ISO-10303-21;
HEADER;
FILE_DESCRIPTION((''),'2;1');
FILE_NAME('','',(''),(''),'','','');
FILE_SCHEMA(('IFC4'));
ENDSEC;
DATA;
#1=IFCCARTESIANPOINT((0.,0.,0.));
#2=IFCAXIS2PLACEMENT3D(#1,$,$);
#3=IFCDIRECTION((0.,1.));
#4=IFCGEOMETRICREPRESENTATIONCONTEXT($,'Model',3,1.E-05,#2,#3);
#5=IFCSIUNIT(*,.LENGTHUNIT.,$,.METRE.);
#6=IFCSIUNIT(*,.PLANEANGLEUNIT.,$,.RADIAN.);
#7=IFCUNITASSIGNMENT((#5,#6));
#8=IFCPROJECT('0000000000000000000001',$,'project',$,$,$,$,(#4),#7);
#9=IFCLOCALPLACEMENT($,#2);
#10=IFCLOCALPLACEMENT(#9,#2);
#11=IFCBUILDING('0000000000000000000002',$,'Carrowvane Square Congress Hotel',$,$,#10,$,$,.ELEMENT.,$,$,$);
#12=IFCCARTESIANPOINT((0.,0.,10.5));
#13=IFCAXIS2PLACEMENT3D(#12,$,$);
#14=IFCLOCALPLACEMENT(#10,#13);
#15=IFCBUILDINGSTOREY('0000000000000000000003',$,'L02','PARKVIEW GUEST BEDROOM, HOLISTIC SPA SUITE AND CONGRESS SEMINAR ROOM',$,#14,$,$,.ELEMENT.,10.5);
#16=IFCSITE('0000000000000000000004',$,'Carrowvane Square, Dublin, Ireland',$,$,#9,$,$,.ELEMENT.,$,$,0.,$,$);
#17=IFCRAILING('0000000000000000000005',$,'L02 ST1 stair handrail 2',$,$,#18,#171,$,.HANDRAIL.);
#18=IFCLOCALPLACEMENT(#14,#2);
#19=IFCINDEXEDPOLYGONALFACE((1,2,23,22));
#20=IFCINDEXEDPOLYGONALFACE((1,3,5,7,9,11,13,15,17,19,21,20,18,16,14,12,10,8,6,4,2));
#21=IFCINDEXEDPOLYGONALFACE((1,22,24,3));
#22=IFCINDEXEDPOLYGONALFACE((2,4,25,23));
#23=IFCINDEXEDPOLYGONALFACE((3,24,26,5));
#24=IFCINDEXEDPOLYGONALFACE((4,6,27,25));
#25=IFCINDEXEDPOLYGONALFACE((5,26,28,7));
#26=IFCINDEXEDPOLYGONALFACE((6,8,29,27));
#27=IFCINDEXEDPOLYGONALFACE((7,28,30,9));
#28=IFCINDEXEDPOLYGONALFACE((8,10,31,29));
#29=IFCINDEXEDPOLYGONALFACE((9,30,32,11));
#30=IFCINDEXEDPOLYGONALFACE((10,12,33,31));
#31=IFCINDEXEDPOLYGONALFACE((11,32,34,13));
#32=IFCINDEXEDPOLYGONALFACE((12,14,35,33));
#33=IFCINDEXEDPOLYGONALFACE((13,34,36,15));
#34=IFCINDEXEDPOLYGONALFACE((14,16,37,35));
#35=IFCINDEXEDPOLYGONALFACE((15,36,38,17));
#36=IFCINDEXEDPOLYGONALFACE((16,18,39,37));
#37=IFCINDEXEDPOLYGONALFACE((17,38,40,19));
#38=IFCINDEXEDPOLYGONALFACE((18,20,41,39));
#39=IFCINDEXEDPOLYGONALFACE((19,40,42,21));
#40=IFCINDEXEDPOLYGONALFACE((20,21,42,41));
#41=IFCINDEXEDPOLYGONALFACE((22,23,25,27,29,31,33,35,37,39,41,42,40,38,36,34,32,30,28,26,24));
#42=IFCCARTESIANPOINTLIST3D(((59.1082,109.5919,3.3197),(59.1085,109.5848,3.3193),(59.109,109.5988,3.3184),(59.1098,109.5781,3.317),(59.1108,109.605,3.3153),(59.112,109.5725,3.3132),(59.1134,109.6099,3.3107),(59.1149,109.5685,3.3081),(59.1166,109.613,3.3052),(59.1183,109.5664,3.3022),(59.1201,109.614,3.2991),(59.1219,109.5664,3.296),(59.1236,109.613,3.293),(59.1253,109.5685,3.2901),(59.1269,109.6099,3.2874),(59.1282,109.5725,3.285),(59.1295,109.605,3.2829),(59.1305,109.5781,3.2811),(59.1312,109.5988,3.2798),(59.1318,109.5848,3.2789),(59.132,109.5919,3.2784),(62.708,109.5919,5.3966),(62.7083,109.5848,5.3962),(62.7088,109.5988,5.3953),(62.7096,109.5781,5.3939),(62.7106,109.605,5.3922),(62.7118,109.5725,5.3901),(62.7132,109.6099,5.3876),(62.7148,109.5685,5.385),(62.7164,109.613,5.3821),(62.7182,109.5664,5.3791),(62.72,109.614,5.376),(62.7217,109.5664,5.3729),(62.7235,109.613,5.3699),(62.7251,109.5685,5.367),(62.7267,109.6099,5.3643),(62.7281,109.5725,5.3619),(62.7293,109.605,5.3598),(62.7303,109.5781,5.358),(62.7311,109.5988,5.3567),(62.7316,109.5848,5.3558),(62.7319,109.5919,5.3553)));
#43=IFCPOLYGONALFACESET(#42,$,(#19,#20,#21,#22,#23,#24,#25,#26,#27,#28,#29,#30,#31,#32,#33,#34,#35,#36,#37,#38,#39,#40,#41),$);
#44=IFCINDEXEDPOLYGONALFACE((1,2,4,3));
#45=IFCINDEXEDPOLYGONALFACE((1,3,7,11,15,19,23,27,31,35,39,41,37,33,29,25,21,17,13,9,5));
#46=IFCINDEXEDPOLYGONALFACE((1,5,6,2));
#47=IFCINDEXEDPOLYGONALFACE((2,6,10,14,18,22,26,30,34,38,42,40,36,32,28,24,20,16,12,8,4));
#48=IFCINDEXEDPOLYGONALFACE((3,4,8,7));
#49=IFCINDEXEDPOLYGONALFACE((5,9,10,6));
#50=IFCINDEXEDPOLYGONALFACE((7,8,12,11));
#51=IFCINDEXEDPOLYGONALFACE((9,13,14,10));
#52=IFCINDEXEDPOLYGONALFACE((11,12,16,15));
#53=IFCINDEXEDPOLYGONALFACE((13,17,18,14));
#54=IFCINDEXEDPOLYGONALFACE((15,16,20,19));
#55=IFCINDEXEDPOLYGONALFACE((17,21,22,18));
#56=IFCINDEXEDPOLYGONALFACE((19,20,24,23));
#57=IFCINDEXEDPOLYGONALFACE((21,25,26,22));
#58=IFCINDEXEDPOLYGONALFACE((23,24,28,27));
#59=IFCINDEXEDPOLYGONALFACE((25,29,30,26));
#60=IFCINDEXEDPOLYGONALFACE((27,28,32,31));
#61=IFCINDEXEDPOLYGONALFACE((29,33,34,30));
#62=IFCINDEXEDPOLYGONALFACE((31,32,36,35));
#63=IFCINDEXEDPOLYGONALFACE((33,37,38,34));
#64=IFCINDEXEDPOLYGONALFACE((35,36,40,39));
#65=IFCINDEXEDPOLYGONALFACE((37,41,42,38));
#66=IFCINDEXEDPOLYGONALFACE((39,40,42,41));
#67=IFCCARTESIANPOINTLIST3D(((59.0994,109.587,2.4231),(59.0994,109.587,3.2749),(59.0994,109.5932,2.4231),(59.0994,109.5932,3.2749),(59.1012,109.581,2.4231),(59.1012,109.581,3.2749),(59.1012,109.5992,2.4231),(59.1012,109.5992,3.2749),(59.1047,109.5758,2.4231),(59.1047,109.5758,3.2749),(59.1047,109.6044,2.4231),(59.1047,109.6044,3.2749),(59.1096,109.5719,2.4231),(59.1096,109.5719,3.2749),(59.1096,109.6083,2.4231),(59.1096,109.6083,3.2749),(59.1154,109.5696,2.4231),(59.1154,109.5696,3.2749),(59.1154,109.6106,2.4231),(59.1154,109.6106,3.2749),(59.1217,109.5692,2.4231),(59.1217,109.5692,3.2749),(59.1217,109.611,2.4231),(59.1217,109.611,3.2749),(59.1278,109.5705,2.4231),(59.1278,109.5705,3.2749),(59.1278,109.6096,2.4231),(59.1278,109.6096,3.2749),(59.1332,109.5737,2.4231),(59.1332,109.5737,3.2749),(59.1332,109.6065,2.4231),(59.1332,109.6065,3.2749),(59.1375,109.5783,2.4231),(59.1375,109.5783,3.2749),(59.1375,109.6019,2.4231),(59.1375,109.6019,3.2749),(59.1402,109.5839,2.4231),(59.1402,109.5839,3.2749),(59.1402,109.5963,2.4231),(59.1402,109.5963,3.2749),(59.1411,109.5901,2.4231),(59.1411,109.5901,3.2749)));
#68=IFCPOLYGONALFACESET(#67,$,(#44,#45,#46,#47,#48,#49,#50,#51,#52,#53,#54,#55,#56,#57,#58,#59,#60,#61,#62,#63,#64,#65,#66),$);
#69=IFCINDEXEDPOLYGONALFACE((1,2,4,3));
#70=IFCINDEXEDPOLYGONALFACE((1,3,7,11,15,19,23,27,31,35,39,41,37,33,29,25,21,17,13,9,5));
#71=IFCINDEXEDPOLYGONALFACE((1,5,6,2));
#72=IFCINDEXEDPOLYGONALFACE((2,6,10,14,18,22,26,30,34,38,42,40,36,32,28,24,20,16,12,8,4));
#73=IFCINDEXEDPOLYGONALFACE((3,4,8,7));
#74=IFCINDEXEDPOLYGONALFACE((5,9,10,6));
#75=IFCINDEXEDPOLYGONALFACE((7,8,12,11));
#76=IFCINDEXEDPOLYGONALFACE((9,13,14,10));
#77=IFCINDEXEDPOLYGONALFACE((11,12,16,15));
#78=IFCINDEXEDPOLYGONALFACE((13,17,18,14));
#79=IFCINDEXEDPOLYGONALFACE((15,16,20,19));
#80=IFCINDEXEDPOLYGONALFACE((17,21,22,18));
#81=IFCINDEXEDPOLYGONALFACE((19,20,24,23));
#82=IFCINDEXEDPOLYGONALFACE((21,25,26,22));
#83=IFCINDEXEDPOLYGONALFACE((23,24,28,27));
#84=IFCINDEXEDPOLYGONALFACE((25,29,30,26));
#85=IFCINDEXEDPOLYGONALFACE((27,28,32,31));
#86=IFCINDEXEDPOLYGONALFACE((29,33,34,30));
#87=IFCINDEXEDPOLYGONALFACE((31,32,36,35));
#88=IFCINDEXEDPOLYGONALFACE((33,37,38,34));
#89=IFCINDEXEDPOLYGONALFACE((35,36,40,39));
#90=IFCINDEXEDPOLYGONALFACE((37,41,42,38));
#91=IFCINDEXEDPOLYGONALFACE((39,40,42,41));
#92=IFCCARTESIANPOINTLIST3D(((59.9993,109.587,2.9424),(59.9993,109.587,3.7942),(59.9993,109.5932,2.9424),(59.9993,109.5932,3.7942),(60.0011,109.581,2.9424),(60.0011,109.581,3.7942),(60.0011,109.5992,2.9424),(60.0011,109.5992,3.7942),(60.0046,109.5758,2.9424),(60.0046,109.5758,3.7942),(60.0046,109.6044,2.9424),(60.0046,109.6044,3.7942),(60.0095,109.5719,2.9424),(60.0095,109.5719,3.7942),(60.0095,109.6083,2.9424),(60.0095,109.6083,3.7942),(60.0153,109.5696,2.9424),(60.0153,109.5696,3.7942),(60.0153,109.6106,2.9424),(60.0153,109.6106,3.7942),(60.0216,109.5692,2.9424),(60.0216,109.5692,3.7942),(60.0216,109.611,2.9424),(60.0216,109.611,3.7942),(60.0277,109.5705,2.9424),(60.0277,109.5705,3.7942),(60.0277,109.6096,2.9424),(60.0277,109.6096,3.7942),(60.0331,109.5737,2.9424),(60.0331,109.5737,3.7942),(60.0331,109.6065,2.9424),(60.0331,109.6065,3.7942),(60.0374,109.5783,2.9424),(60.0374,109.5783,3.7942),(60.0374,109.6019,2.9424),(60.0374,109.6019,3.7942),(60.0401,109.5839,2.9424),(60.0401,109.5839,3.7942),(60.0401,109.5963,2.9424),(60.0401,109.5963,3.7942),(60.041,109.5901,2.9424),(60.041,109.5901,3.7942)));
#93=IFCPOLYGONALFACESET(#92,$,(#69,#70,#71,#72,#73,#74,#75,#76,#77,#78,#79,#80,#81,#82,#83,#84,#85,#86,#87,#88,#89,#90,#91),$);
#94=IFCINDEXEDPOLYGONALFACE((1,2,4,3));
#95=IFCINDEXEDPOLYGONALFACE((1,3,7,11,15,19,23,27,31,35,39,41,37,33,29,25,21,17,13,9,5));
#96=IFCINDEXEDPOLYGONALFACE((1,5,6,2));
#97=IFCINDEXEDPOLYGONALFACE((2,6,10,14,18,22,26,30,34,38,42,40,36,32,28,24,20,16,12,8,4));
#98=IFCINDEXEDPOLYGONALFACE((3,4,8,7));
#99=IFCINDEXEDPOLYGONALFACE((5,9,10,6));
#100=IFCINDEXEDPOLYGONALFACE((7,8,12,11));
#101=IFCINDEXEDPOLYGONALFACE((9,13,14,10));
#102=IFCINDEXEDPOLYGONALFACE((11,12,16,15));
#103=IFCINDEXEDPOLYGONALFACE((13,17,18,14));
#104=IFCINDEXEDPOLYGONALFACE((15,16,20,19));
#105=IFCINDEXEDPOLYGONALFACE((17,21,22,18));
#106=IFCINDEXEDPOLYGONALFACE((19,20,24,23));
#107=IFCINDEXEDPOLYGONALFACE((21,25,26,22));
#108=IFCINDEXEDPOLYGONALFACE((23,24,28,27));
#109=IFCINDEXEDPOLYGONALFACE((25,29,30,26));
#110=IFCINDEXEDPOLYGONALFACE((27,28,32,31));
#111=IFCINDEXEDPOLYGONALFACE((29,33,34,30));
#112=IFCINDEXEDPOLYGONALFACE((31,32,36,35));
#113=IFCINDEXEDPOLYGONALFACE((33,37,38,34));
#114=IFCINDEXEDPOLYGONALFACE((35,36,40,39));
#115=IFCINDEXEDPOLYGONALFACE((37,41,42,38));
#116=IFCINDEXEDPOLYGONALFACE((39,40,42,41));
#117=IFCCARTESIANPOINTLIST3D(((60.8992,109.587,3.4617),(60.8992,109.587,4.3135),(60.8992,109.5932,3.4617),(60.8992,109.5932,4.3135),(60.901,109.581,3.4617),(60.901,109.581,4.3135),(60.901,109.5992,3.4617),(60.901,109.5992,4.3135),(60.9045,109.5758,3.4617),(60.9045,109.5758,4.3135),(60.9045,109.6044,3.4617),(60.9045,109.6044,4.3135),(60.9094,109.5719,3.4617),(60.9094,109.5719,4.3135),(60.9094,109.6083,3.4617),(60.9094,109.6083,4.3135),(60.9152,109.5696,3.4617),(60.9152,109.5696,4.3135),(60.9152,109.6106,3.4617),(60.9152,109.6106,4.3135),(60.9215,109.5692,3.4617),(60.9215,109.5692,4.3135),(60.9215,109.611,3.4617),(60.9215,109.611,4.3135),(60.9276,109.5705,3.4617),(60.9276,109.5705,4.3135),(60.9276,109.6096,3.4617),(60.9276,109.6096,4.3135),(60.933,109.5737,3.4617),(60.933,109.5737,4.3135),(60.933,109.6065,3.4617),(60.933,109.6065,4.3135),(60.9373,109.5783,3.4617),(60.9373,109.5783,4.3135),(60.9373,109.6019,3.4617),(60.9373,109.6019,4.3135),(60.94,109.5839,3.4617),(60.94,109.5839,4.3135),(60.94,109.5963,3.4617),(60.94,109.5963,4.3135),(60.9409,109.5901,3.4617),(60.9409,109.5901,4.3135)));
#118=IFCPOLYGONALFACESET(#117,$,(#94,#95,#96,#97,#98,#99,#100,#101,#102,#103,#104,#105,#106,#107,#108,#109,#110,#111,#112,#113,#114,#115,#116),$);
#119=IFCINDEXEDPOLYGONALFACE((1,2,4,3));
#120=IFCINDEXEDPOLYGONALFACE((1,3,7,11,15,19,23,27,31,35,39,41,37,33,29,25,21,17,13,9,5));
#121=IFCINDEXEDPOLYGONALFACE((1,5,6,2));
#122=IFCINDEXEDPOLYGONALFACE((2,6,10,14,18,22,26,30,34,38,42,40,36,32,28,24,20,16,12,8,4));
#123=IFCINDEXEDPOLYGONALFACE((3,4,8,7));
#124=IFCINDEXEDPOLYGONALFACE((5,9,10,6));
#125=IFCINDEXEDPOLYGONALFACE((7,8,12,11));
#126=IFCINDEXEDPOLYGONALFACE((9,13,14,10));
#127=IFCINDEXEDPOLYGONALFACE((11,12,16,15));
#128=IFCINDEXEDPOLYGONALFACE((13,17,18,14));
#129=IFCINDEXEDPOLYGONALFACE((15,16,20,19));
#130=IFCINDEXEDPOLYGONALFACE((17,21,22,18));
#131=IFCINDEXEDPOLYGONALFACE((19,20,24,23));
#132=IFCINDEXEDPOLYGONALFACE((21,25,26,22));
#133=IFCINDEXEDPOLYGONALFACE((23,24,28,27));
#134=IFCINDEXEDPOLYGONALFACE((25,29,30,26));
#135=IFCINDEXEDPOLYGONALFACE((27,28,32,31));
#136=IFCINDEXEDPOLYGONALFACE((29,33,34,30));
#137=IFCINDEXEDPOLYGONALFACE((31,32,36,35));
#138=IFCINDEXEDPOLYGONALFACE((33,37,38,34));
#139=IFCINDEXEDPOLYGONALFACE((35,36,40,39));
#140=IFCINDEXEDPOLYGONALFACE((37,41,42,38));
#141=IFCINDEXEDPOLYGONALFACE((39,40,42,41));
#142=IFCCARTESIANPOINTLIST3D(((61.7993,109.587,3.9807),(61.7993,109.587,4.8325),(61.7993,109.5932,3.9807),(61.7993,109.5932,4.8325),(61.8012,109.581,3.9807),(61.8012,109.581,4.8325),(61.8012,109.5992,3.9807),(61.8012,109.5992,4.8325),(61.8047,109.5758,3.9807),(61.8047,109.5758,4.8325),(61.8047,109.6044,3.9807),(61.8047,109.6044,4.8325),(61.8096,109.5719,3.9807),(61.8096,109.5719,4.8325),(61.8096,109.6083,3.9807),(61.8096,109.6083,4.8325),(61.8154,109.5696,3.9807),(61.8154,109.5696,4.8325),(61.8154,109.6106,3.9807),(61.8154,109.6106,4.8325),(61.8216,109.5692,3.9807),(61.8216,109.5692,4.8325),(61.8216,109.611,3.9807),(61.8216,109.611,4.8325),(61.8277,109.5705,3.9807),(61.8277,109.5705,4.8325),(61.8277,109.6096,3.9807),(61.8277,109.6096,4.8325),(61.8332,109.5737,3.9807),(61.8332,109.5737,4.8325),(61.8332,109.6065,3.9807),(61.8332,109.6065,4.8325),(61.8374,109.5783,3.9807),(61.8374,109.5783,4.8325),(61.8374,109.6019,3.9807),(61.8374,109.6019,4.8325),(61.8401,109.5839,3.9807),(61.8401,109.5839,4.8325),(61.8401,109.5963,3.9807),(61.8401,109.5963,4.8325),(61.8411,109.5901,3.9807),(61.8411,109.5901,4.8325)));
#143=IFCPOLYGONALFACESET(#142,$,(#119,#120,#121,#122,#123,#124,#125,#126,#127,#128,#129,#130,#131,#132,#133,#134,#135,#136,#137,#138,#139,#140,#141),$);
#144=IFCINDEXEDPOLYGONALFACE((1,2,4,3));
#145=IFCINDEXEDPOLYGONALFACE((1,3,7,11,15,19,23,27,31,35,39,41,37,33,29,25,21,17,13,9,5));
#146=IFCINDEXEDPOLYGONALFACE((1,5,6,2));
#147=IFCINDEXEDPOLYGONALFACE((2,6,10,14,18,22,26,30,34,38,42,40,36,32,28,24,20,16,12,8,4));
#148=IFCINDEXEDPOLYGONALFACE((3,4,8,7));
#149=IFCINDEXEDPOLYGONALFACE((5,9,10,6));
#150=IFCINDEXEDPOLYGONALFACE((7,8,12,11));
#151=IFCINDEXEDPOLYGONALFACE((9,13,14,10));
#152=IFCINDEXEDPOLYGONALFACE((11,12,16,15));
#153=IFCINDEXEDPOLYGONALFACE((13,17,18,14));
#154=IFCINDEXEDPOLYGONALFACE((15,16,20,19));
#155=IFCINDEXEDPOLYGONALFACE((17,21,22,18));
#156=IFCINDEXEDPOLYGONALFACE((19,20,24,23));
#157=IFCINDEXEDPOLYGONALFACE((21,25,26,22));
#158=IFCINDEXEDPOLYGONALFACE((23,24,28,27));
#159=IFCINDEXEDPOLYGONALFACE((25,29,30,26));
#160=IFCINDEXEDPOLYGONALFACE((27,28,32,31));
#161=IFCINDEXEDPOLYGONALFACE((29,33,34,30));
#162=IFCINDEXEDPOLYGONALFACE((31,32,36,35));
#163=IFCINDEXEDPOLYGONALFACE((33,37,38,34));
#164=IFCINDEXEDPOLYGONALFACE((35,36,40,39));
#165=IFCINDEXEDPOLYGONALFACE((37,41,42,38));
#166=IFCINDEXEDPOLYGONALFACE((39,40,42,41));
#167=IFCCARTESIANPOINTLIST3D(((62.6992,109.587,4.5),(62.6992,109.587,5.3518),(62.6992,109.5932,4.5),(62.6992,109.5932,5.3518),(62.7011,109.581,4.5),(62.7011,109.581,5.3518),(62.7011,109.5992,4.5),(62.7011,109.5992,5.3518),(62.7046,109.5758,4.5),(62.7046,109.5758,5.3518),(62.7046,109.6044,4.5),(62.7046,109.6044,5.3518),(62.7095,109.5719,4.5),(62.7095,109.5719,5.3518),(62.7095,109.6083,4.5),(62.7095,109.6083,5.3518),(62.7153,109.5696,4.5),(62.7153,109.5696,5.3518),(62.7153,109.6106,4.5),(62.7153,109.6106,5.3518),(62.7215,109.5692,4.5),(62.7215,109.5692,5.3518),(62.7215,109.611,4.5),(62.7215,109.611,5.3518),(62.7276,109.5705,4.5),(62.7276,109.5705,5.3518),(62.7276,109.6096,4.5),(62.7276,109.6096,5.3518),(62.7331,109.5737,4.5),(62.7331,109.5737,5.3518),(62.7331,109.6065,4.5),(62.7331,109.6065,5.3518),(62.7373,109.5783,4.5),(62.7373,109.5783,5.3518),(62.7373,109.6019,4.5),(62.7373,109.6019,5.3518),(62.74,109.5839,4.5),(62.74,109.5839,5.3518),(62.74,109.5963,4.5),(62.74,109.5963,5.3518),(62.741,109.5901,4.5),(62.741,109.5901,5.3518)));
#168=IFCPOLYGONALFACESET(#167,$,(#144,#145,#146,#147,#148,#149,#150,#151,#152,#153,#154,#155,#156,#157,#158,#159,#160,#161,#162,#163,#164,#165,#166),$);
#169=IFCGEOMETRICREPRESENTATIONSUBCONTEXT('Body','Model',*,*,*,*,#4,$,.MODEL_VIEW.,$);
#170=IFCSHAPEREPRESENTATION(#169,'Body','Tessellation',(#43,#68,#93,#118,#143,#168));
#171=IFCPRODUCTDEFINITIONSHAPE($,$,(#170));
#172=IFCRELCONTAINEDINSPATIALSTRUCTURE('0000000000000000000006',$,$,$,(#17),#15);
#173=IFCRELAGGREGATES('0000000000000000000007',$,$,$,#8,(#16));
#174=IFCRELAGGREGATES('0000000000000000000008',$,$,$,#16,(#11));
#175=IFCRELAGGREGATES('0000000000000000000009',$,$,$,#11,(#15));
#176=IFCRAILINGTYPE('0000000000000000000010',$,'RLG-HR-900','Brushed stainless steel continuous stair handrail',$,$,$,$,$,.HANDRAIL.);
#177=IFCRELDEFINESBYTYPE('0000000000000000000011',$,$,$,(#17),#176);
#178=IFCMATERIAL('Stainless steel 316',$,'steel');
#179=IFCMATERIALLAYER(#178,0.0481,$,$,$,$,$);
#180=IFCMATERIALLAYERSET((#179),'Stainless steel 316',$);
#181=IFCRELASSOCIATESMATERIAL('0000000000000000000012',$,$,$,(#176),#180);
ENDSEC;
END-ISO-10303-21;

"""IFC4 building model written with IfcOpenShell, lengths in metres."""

from ifc_helpers import new_model, si_unit, direction, frame, origin, origin_2d, place, context, subcontext, project, spatial, circle, extrude, material, layer, layer_set, type_object, element, save


model = new_model("IFC4")

# Units and contexts
model_context = context("Model", 3, precision=1e-05, world=origin(), true_north=direction((0.0, 1.0)))
body_context = subcontext(model_context, "Body", "Model", "MODEL_VIEW")
ifc_project = project(units=[si_unit("LENGTHUNIT", "METRE"), si_unit("PLANEANGLEUNIT", "RADIAN")], contexts=[model_context])

# Site, building, storey
site_placement = place(None, origin())
site = spatial("IfcSite", under=ifc_project, at=site_placement, Name="Carrowvane Square, Dublin, Ireland", CompositionType="ELEMENT", RefElevation=0.0)
building_placement = place(site_placement, origin())
building = spatial("IfcBuilding", under=site, at=building_placement, Name="Carrowvane Square Congress Hotel", CompositionType="ELEMENT")
storey_placement = place(building_placement, frame((0.0, 0.0, 10.5)))
storey = spatial("IfcBuildingStorey", under=building, at=storey_placement, Name="L02", Description="PARKVIEW GUEST BEDROOM, HOLISTIC SPA SUITE AND CONGRESS SEMINAR ROOM", CompositionType="ELEMENT", Elevation=10.5)

# Railing
ifc_material_1 = material(Name="Stainless steel 316", Category="steel")
ifc_layer_1 = layer(ifc_material_1, 0.0481)
ifc_layer_set_1 = layer_set([ifc_layer_1], Name="Stainless steel 316")
railing_type = type_object("IfcRailingType", Name="RLG-HR-900", Description="Brushed stainless steel continuous stair handrail", PredefinedType="HANDRAIL", material=ifc_layer_set_1)
railing_placement = place(storey_placement, frame((59.1201, 109.5901, 2.4231)))
element("IfcRailing", 1, at=railing_placement, inside=storey, type_object=railing_type, Name="L02 ST1 stair handrail 2", PredefinedType="HANDRAIL", context=body_context, shape_type="SweptSolid", body=[
    extrude(circle(Radius=0.0239, at=origin_2d()), frame((0.0, 0.0, 0.876), z_axis=(0.866179, 0.0, 0.499734), x_axis=(0.0, 1.0, 0.0)), (0.0, 0.0, 1.0), 4.156),
    extrude(circle(Radius=0.021, at=origin_2d()), origin(), (0.0, 0.0, 1.0), 0.8518),
    extrude(circle(Radius=0.021, at=origin_2d()), frame((0.8999, 0.0, 0.5193)), (0.0, 0.0, 1.0), 0.8518),
    extrude(circle(Radius=0.021, at=origin_2d()), frame((1.7998, 0.0, 1.0386)), (0.0, 0.0, 1.0), 0.8518),
    extrude(circle(Radius=0.021, at=origin_2d()), frame((2.7, 0.0, 1.5576)), (0.0, 0.0, 1.0), 0.8518),
    extrude(circle(Radius=0.021, at=origin_2d()), frame((3.5999, 0.0, 2.0769)), (0.0, 0.0, 1.0), 0.8518),
])

save(model, "model.ifc")
